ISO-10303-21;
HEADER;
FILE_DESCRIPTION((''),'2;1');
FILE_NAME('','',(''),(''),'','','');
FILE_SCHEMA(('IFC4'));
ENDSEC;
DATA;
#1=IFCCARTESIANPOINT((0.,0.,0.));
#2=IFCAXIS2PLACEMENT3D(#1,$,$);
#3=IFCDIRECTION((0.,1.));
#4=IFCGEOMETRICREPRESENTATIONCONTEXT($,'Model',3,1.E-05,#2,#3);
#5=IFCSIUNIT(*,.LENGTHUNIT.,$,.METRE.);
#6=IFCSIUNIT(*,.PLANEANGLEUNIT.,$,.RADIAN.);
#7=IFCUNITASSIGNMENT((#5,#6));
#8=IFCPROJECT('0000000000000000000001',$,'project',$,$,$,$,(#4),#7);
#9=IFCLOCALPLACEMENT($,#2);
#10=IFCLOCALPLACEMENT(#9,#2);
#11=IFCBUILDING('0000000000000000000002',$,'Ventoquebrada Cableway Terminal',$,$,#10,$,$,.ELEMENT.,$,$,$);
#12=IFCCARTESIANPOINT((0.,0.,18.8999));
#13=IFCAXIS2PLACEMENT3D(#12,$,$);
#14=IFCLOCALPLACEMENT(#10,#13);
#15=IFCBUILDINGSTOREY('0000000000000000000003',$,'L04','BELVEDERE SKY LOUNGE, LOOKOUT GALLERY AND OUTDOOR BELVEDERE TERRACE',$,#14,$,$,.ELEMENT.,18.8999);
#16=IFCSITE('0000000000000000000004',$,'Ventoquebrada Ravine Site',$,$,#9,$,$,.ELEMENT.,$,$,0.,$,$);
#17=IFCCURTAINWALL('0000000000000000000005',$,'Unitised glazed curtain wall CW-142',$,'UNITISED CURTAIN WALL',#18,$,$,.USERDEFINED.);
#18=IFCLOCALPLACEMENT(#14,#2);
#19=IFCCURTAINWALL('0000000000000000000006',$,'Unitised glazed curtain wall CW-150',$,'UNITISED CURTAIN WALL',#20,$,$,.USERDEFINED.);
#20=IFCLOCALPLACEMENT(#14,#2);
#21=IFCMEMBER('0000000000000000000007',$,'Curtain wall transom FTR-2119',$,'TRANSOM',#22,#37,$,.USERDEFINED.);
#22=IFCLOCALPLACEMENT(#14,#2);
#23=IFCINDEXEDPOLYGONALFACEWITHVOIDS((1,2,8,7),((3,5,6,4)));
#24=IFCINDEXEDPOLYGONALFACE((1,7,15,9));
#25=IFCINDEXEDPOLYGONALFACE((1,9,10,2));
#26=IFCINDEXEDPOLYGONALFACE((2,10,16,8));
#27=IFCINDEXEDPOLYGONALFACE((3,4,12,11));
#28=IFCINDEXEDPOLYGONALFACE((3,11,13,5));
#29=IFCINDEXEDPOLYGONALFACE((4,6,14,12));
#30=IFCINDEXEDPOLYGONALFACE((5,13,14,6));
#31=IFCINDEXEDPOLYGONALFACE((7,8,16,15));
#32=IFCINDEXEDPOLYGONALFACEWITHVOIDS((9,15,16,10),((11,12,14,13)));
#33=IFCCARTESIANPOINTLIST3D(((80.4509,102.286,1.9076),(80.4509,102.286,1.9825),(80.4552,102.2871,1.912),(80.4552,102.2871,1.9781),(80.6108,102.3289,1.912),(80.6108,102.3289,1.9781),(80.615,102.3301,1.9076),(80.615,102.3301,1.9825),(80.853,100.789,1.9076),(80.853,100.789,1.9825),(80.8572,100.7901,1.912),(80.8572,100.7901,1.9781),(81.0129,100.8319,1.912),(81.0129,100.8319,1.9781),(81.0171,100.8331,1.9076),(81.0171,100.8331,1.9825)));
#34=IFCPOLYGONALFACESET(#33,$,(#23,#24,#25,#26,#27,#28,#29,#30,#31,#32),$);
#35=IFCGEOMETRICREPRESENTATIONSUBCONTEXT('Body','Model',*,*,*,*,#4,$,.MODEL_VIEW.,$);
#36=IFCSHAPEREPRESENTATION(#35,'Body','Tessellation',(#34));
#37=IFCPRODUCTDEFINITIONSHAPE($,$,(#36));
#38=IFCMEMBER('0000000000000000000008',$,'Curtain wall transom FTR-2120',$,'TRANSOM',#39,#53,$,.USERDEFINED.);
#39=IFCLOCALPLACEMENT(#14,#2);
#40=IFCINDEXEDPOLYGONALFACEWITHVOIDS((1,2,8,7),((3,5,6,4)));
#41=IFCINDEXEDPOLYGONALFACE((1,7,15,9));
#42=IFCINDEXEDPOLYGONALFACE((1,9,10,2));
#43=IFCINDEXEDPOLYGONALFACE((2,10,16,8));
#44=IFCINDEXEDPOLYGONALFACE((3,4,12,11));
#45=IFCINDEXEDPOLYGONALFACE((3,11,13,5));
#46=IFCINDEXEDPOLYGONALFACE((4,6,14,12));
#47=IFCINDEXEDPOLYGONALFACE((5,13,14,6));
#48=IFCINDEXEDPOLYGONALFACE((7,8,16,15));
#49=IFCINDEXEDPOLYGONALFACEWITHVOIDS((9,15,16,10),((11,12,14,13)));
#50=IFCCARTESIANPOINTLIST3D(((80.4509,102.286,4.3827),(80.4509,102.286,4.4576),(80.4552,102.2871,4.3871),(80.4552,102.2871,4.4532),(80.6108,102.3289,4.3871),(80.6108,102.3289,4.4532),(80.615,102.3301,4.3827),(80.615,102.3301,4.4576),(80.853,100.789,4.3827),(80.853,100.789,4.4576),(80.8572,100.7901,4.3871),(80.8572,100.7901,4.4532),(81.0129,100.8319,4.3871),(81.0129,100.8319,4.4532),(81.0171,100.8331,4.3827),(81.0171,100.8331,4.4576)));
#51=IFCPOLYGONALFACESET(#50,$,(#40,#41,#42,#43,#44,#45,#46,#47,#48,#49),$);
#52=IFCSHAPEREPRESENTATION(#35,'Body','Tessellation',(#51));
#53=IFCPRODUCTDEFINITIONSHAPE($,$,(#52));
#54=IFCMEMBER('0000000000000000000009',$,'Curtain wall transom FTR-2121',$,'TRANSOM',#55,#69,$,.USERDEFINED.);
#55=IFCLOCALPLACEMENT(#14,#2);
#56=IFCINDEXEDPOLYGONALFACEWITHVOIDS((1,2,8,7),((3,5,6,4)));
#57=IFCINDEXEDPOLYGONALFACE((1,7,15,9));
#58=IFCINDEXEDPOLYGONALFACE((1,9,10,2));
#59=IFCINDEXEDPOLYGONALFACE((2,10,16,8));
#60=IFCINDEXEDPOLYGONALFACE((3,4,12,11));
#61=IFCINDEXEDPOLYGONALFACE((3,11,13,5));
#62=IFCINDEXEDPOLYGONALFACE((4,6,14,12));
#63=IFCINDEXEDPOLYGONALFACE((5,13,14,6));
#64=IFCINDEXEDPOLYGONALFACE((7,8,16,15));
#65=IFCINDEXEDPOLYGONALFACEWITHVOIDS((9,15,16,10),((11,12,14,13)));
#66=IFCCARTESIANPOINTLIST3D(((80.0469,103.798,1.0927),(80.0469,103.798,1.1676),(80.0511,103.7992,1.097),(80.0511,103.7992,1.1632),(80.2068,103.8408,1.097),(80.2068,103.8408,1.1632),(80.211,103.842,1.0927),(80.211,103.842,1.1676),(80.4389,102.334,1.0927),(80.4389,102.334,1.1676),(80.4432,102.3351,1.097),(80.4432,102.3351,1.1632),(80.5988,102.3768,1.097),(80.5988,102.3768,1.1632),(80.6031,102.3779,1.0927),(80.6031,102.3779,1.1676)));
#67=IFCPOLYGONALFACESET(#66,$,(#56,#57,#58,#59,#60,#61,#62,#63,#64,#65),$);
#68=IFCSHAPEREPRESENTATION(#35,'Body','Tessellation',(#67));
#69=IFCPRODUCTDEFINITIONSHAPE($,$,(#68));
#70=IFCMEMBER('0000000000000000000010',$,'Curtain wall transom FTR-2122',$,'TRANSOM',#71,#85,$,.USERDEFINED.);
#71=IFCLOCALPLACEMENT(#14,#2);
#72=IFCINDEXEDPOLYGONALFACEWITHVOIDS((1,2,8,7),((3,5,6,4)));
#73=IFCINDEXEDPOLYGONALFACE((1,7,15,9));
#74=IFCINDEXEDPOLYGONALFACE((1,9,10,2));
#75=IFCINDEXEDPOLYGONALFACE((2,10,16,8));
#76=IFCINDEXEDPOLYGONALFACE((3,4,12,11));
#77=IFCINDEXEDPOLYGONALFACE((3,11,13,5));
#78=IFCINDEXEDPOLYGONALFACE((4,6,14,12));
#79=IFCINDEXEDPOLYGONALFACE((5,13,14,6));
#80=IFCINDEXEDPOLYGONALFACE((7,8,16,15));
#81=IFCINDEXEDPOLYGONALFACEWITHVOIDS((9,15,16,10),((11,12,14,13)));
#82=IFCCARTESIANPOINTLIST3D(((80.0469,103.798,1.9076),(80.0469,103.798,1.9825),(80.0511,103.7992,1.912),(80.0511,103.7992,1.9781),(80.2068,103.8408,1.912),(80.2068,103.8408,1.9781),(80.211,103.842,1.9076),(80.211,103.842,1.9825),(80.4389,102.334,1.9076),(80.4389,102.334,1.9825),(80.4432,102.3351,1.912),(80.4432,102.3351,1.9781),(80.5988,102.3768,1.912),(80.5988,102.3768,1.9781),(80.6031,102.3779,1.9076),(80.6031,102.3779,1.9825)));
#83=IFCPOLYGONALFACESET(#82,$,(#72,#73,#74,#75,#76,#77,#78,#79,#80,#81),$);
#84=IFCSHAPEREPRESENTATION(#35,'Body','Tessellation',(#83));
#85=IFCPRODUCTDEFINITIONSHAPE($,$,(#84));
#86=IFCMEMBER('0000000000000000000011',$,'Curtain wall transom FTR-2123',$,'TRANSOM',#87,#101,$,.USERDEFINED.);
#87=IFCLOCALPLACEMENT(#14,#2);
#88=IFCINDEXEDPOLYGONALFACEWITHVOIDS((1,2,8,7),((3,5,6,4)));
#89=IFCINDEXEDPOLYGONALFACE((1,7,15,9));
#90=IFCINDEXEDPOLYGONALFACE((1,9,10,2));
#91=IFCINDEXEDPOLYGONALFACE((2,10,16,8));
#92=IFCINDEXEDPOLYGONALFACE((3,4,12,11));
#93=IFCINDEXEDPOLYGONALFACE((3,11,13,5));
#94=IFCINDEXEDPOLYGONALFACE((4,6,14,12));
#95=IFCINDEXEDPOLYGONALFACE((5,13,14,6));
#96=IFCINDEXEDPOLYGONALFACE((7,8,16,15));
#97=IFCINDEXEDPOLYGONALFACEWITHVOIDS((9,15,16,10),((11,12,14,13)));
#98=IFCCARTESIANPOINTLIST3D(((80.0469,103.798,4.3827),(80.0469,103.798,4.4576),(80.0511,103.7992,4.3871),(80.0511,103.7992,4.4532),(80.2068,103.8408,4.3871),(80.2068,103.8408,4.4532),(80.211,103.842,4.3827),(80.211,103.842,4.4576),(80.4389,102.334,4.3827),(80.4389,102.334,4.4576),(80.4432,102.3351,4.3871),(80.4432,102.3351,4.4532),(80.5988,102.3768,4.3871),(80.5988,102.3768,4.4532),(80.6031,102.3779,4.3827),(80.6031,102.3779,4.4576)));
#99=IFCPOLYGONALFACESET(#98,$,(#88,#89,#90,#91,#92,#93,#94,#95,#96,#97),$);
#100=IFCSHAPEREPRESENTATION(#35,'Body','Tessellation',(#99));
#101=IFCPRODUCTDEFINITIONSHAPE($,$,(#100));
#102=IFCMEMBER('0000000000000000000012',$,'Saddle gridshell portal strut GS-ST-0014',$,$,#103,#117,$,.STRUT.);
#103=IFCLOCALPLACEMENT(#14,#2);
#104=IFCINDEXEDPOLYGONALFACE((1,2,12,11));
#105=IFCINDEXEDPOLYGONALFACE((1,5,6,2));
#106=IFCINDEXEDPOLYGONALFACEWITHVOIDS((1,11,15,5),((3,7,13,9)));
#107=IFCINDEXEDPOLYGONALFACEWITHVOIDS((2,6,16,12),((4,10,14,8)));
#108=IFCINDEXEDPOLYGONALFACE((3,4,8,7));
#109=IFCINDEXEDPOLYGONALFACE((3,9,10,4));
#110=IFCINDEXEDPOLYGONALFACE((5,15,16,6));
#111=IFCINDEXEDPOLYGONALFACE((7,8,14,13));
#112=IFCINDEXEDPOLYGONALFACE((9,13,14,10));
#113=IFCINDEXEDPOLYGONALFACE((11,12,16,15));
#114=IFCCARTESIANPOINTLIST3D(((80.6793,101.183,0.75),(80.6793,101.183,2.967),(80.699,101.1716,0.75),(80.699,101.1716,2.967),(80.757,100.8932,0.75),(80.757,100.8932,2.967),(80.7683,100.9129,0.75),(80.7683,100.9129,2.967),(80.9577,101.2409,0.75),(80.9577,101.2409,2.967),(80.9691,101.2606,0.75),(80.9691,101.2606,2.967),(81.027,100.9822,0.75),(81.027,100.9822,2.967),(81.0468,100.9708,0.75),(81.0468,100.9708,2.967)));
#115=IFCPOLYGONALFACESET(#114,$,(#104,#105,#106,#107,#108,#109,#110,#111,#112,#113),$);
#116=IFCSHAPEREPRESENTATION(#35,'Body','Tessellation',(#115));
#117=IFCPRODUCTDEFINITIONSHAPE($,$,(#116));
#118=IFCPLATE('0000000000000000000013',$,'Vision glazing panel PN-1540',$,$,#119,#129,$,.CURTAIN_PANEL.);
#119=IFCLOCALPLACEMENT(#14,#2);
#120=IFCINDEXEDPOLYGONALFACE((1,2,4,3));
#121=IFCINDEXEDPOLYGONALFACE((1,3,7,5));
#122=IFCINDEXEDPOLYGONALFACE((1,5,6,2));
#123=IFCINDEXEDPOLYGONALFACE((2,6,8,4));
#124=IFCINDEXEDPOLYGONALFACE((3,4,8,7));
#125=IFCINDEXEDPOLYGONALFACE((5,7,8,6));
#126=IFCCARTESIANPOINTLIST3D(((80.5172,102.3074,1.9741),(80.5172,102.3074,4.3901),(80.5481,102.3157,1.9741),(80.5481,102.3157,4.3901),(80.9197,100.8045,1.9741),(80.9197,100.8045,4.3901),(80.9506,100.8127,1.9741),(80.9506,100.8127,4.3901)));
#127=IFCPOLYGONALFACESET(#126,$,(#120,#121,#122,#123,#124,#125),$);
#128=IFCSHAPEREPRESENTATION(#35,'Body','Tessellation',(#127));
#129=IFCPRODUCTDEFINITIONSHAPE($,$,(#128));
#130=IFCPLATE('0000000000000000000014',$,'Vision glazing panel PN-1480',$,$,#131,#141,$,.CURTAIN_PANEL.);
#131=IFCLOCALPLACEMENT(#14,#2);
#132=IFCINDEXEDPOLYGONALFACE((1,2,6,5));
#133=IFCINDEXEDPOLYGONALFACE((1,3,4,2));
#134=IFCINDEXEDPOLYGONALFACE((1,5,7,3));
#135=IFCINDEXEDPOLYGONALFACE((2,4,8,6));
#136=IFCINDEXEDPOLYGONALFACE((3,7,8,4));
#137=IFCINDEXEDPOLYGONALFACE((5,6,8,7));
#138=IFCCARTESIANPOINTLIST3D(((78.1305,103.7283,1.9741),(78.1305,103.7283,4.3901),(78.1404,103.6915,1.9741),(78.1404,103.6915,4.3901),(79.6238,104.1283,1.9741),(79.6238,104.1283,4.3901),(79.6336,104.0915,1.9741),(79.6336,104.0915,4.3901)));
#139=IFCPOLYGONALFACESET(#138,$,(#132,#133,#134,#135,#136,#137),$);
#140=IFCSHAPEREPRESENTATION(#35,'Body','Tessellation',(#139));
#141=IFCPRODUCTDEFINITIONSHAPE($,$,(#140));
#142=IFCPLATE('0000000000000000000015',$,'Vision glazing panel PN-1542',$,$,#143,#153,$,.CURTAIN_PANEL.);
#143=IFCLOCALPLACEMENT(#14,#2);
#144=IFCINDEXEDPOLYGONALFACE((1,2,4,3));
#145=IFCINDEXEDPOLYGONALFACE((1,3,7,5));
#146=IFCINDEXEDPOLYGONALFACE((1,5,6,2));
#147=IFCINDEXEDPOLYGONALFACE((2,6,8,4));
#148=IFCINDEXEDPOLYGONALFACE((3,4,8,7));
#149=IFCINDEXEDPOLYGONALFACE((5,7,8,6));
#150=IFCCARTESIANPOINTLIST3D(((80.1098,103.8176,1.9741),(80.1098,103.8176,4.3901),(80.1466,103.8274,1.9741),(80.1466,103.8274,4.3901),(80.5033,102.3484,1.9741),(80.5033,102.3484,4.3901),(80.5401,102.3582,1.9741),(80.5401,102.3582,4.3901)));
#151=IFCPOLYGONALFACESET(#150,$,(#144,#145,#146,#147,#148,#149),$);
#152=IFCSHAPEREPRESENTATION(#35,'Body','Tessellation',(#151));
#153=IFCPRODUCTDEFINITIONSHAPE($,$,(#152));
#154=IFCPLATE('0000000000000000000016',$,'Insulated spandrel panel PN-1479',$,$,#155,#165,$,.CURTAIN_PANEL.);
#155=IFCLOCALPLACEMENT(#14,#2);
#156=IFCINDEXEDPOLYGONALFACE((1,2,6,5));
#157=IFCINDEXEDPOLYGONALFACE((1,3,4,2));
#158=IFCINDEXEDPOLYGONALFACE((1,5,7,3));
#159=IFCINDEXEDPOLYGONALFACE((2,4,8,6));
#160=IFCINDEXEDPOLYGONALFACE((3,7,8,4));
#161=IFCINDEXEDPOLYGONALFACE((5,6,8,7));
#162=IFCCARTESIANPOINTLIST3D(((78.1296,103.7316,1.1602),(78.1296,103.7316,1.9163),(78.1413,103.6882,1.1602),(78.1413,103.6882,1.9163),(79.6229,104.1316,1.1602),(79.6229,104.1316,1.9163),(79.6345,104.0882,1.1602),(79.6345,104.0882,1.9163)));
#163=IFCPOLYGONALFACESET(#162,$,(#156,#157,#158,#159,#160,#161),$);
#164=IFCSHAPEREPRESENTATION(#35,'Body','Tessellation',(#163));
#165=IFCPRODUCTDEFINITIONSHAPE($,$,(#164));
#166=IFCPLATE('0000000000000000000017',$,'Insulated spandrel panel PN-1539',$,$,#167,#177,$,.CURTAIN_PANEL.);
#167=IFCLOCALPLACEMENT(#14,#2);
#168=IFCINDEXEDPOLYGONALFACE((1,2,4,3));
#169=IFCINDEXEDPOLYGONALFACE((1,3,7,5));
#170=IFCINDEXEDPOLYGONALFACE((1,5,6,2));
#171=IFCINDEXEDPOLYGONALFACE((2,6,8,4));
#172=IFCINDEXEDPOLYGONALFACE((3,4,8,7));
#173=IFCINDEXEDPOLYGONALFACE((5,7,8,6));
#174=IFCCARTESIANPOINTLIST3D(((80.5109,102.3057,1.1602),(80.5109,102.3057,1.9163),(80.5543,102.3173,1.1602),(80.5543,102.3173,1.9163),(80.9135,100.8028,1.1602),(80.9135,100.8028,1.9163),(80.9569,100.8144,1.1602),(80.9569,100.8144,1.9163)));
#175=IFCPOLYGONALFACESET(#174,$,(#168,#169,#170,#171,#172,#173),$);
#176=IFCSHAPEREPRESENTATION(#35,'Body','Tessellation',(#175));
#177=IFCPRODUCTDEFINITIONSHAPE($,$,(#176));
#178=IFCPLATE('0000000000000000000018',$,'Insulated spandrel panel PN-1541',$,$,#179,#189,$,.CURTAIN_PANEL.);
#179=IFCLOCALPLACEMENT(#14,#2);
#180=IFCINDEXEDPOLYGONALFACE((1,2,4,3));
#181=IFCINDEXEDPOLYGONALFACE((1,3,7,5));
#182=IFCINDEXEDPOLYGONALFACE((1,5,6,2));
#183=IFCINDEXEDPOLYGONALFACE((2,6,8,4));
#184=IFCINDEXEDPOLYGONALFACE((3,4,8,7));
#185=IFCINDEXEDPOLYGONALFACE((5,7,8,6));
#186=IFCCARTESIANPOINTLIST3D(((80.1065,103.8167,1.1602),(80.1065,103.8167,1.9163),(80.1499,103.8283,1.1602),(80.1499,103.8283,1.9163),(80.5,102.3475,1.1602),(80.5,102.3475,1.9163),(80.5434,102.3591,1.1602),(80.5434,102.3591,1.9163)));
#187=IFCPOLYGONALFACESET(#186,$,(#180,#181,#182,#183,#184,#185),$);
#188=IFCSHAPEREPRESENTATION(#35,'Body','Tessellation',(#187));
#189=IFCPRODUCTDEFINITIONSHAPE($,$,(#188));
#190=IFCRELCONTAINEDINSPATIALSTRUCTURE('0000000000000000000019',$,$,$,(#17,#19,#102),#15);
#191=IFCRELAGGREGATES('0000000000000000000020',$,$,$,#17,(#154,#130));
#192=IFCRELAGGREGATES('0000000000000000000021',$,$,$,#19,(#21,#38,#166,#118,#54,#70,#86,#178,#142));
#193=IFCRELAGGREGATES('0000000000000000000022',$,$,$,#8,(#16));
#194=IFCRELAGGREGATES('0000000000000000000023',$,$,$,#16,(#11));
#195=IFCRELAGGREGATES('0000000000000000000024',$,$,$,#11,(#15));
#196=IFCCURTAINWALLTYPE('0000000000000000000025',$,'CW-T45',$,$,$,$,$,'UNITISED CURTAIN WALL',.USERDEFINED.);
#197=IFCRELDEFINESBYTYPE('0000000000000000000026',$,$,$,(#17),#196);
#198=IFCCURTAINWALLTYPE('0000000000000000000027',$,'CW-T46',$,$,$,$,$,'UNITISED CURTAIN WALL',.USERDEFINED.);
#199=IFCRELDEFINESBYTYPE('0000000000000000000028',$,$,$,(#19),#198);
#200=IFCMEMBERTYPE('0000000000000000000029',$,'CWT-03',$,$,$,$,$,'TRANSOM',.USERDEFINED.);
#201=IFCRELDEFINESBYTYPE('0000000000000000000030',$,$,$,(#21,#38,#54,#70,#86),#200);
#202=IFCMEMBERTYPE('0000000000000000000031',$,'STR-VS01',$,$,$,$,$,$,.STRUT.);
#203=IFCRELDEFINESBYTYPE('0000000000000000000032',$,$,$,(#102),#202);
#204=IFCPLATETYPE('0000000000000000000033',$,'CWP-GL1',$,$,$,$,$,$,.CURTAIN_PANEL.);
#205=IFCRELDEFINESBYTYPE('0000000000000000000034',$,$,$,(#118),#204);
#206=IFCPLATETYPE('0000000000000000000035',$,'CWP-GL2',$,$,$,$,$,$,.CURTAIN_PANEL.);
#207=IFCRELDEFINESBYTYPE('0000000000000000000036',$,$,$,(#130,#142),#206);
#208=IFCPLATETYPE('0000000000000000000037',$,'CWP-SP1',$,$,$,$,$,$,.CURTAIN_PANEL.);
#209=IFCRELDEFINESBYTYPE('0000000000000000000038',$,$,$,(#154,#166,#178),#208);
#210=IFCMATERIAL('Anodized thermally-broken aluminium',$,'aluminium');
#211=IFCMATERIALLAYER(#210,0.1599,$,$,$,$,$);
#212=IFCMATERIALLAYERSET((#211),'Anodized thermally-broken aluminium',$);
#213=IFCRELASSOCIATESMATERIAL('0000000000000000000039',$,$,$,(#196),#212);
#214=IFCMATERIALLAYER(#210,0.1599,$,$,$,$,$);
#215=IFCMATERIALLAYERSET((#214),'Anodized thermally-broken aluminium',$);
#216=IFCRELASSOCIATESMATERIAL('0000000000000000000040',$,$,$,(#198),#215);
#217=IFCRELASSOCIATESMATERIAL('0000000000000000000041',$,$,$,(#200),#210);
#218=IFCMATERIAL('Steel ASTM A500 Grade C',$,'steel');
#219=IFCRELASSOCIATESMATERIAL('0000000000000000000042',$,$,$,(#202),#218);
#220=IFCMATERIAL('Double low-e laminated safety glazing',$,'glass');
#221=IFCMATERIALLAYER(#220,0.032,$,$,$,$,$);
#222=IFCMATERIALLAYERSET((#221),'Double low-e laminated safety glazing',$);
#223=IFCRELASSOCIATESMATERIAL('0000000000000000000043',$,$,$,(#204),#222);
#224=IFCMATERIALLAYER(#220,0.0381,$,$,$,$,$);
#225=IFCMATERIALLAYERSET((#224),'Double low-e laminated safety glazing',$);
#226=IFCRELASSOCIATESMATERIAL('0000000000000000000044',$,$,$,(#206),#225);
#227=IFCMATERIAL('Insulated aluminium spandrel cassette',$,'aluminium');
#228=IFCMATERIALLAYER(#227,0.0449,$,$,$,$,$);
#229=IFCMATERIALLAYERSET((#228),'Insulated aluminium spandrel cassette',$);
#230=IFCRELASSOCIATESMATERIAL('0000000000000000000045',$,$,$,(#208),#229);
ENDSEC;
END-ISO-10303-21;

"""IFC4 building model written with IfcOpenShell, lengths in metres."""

from ifc_helpers import new_model, si_unit, direction, frame, origin, origin_2d, place, context, subcontext, project, spatial, rectangle, hollow_rectangle, extrude, material, layer, layer_set, material_profile, profile_set, type_object, element, aggregate, save


model = new_model("IFC4")

# Units and contexts
model_context = context("Model", 3, precision=1e-05, world=origin(), true_north=direction((0.0, 1.0)))
body_context = subcontext(model_context, "Body", "Model", "MODEL_VIEW")
ifc_project = project(units=[si_unit("LENGTHUNIT", "METRE"), si_unit("PLANEANGLEUNIT", "RADIAN")], contexts=[model_context])

# Site, building, storey
site_placement = place(None, origin())
site = spatial("IfcSite", under=ifc_project, at=site_placement, Name="Ventoquebrada Ravine Site", CompositionType="ELEMENT", RefElevation=0.0)
building_placement = place(site_placement, origin())
building = spatial("IfcBuilding", under=site, at=building_placement, Name="Ventoquebrada Cableway Terminal", CompositionType="ELEMENT")
storey_placement = place(building_placement, frame((0.0, 0.0, 18.8999)))
storey = spatial("IfcBuildingStorey", under=building, at=storey_placement, Name="L04", Description="BELVEDERE SKY LOUNGE, LOOKOUT GALLERY AND OUTDOOR BELVEDERE TERRACE", CompositionType="ELEMENT", Elevation=18.8999)

# Shared definitions
ifc_material_1 = material(Name="Steel ASTM A500 Grade C", Category="steel")

# Curtain walls
ifc_material_2 = material(Name="Anodized thermally-broken aluminium", Category="aluminium")
ifc_layer_1 = layer(ifc_material_2, 0.1599)
ifc_layer_set_1 = layer_set([ifc_layer_1], Name="Anodized thermally-broken aluminium")
curtain_wall_type_1 = type_object("IfcCurtainWallType", Name="CW-T45", ElementType="UNITISED CURTAIN WALL", PredefinedType="USERDEFINED", material=ifc_layer_set_1)
curtain_wall_1_placement = place(storey_placement, origin())
curtain_wall_1 = element("IfcCurtainWall", 1, at=curtain_wall_1_placement, inside=storey, type_object=curtain_wall_type_1, Name="Unitised glazed curtain wall CW-142", ObjectType="UNITISED CURTAIN WALL", PredefinedType="USERDEFINED")
ifc_layer_2 = layer(ifc_material_2, 0.1599)
ifc_layer_set_2 = layer_set([ifc_layer_2], Name="Anodized thermally-broken aluminium")
curtain_wall_type_2 = type_object("IfcCurtainWallType", Name="CW-T46", ElementType="UNITISED CURTAIN WALL", PredefinedType="USERDEFINED", material=ifc_layer_set_2)
curtain_wall_2_placement = place(storey_placement, origin())
curtain_wall_2 = element("IfcCurtainWall", 2, at=curtain_wall_2_placement, inside=storey, type_object=curtain_wall_type_2, Name="Unitised glazed curtain wall CW-150", ObjectType="UNITISED CURTAIN WALL", PredefinedType="USERDEFINED")

# Members
ifc_material_profile_1 = material_profile(ifc_material_2, hollow_rectangle(XDim=0.075, YDim=0.1699, WallThickness=0.0044, at=origin_2d()), Name="CW-TRN-75X170")
ifc_profile_set_1 = profile_set([ifc_material_profile_1], Name="Anodized thermally-broken aluminium")
member_type_1 = type_object("IfcMemberType", Name="CWT-03", ElementType="TRANSOM", PredefinedType="USERDEFINED", material=ifc_profile_set_1)
member_1_placement = place(storey_placement, frame((80.9351, 100.811, 1.9451), z_axis=(-0.259397, 0.965771, 0.0), x_axis=(0.0, 0.0, 1.0)))
member_1 = element("IfcMember", 3, at=member_1_placement, type_object=member_type_1, Name="Curtain wall transom FTR-2119", ObjectType="TRANSOM", PredefinedType="USERDEFINED", context=body_context, shape_type="SweptSolid", body=[
    extrude(hollow_rectangle(XDim=0.075, YDim=0.1699, WallThickness=0.0044, at=origin_2d()), origin(), (0.0, 0.0, 1.0), 1.55),
])
member_2_placement = place(storey_placement, frame((80.9351, 100.811, 4.4202), z_axis=(-0.259397, 0.965771, 0.0), x_axis=(0.0, 0.0, 1.0)))
member_2 = element("IfcMember", 4, at=member_2_placement, type_object=member_type_1, Name="Curtain wall transom FTR-2120", ObjectType="TRANSOM", PredefinedType="USERDEFINED", context=body_context, shape_type="SweptSolid", body=[
    extrude(hollow_rectangle(XDim=0.075, YDim=0.1699, WallThickness=0.0044, at=origin_2d()), origin(), (0.0, 0.0, 1.0), 1.55),
])
member_3_placement = place(storey_placement, frame((80.521, 102.356, 1.1301), z_axis=(-0.258685, 0.965962, 0.0), x_axis=(0.0, 0.0, 1.0)))
member_3 = element("IfcMember", 5, at=member_3_placement, type_object=member_type_1, Name="Curtain wall transom FTR-2121", ObjectType="TRANSOM", PredefinedType="USERDEFINED", context=body_context, shape_type="SweptSolid", body=[
    extrude(hollow_rectangle(XDim=0.075, YDim=0.1699, WallThickness=0.0044, at=origin_2d()), origin(), (0.0, 0.0, 1.0), 1.5156),
])
member_4_placement = place(storey_placement, frame((80.521, 102.356, 1.9451), z_axis=(-0.258685, 0.965962, 0.0), x_axis=(0.0, 0.0, 1.0)))
member_4 = element("IfcMember", 6, at=member_4_placement, type_object=member_type_1, Name="Curtain wall transom FTR-2122", ObjectType="TRANSOM", PredefinedType="USERDEFINED", context=body_context, shape_type="SweptSolid", body=[
    extrude(hollow_rectangle(XDim=0.075, YDim=0.1699, WallThickness=0.0044, at=origin_2d()), origin(), (0.0, 0.0, 1.0), 1.5156),
])
member_5_placement = place(storey_placement, frame((80.521, 102.356, 4.4202), z_axis=(-0.258685, 0.965962, 0.0), x_axis=(0.0, 0.0, 1.0)))
member_5 = element("IfcMember", 7, at=member_5_placement, type_object=member_type_1, Name="Curtain wall transom FTR-2123", ObjectType="TRANSOM", PredefinedType="USERDEFINED", context=body_context, shape_type="SweptSolid", body=[
    extrude(hollow_rectangle(XDim=0.075, YDim=0.1699, WallThickness=0.0044, at=origin_2d()), origin(), (0.0, 0.0, 1.0), 1.5156),
])
ifc_material_profile_2 = material_profile(ifc_material_1, hollow_rectangle(XDim=0.3, YDim=0.3, WallThickness=0.0161, at=origin_2d()), Name="HSS300X300X16")
ifc_profile_set_2 = profile_set([ifc_material_profile_2], Name="Steel ASTM A500 Grade C")
member_type_2 = type_object("IfcMemberType", Name="STR-VS01", PredefinedType="STRUT", material=ifc_profile_set_2)
member_6_placement = place(storey_placement, frame((80.863, 101.0769, 0.75), z_axis=(0.0, 0.0, 1.0), x_axis=(0.965926, 0.258819, 0.0)))
element("IfcMember", 8, at=member_6_placement, inside=storey, type_object=member_type_2, Name="Saddle gridshell portal strut GS-ST-0014", PredefinedType="STRUT", context=body_context, shape_type="SweptSolid", body=[
    extrude(hollow_rectangle(XDim=0.3, YDim=0.3, WallThickness=0.0161, at=origin_2d()), origin(), (0.0, 0.0, 1.0), 2.217),
])

# Plates
ifc_material_3 = material(Name="Double low-e laminated safety glazing", Category="glass")
ifc_layer_3 = layer(ifc_material_3, 0.032)
ifc_layer_set_3 = layer_set([ifc_layer_3], Name="Double low-e laminated safety glazing")
plate_type_1 = type_object("IfcPlateType", Name="CWP-GL1", PredefinedType="CURTAIN_PANEL", material=ifc_layer_set_3)
plate_1_placement = place(storey_placement, frame((80.7339, 101.5601, 1.9741), z_axis=(0.0, 0.0, 1.0), x_axis=(-0.258718, 0.965953, 0.0)))
plate_1 = element("IfcPlate", 9, at=plate_1_placement, type_object=plate_type_1, Name="Vision glazing panel PN-1540", PredefinedType="CURTAIN_PANEL", context=body_context, shape_type="SweptSolid", body=[
    extrude(rectangle(XDim=1.5559, YDim=0.032, at=origin_2d()), origin(), (0.0, 0.0, 1.0), 2.416),
])
ifc_layer_4 = layer(ifc_material_3, 0.0381)
ifc_layer_set_4 = layer_set([ifc_layer_4], Name="Double low-e laminated safety glazing")
plate_type_2 = type_object("IfcPlateType", Name="CWP-GL2", PredefinedType="CURTAIN_PANEL", material=ifc_layer_set_4)
plate_2_placement = place(storey_placement, frame((78.8821, 103.9099, 1.9741), z_axis=(0.0, 0.0, 1.0), x_axis=(-0.965944, -0.258752, 0.0)))
plate_2 = element("IfcPlate", 10, at=plate_2_placement, type_object=plate_type_2, Name="Vision glazing panel PN-1480", PredefinedType="CURTAIN_PANEL", context=body_context, shape_type="SweptSolid", body=[
    extrude(rectangle(XDim=1.5459, YDim=0.0381, at=origin_2d()), origin(), (0.0, 0.0, 1.0), 2.416),
])
plate_3_placement = place(storey_placement, frame((80.325, 103.0879, 1.9741), z_axis=(0.0, 0.0, 1.0), x_axis=(-0.258718, 0.965953, 0.0)))
plate_3 = element("IfcPlate", 11, at=plate_3_placement, type_object=plate_type_2, Name="Vision glazing panel PN-1542", PredefinedType="CURTAIN_PANEL", context=body_context, shape_type="SweptSolid", body=[
    extrude(rectangle(XDim=1.521, YDim=0.0381, at=origin_2d()), origin(), (0.0, 0.0, 1.0), 2.416),
])
ifc_material_4 = material(Name="Insulated aluminium spandrel cassette", Category="aluminium")
ifc_layer_5 = layer(ifc_material_4, 0.0449)
ifc_layer_set_5 = layer_set([ifc_layer_5], Name="Insulated aluminium spandrel cassette")
plate_type_3 = type_object("IfcPlateType", Name="CWP-SP1", PredefinedType="CURTAIN_PANEL", material=ifc_layer_set_5)
plate_4_placement = place(storey_placement, frame((78.8821, 103.9099, 1.1602), z_axis=(0.0, 0.0, 1.0), x_axis=(-0.965944, -0.258752, 0.0)))
plate_4 = element("IfcPlate", 12, at=plate_4_placement, type_object=plate_type_3, Name="Insulated spandrel panel PN-1479", PredefinedType="CURTAIN_PANEL", context=body_context, shape_type="SweptSolid", body=[
    extrude(rectangle(XDim=1.5459, YDim=0.0449, at=origin_2d()), origin(), (0.0, 0.0, 1.0), 0.7561),
])
aggregate(curtain_wall_1, [plate_4, plate_2])
plate_5_placement = place(storey_placement, frame((80.7339, 101.5601, 1.1602), z_axis=(0.0, 0.0, 1.0), x_axis=(-0.258718, 0.965953, 0.0)))
plate_5 = element("IfcPlate", 13, at=plate_5_placement, type_object=plate_type_3, Name="Insulated spandrel panel PN-1539", PredefinedType="CURTAIN_PANEL", context=body_context, shape_type="SweptSolid", body=[
    extrude(rectangle(XDim=1.5559, YDim=0.0449, at=origin_2d()), origin(), (0.0, 0.0, 1.0), 0.7561),
])
plate_6_placement = place(storey_placement, frame((80.325, 103.0879, 1.1602), z_axis=(0.0, 0.0, 1.0), x_axis=(-0.258718, 0.965953, 0.0)))
plate_6 = element("IfcPlate", 14, at=plate_6_placement, type_object=plate_type_3, Name="Insulated spandrel panel PN-1541", PredefinedType="CURTAIN_PANEL", context=body_context, shape_type="SweptSolid", body=[
    extrude(rectangle(XDim=1.521, YDim=0.0449, at=origin_2d()), origin(), (0.0, 0.0, 1.0), 0.7561),
])
aggregate(curtain_wall_2, [member_1, member_2, plate_5, plate_1, member_3, member_4, member_5, plate_6, plate_3])

save(model, "model.ifc")
